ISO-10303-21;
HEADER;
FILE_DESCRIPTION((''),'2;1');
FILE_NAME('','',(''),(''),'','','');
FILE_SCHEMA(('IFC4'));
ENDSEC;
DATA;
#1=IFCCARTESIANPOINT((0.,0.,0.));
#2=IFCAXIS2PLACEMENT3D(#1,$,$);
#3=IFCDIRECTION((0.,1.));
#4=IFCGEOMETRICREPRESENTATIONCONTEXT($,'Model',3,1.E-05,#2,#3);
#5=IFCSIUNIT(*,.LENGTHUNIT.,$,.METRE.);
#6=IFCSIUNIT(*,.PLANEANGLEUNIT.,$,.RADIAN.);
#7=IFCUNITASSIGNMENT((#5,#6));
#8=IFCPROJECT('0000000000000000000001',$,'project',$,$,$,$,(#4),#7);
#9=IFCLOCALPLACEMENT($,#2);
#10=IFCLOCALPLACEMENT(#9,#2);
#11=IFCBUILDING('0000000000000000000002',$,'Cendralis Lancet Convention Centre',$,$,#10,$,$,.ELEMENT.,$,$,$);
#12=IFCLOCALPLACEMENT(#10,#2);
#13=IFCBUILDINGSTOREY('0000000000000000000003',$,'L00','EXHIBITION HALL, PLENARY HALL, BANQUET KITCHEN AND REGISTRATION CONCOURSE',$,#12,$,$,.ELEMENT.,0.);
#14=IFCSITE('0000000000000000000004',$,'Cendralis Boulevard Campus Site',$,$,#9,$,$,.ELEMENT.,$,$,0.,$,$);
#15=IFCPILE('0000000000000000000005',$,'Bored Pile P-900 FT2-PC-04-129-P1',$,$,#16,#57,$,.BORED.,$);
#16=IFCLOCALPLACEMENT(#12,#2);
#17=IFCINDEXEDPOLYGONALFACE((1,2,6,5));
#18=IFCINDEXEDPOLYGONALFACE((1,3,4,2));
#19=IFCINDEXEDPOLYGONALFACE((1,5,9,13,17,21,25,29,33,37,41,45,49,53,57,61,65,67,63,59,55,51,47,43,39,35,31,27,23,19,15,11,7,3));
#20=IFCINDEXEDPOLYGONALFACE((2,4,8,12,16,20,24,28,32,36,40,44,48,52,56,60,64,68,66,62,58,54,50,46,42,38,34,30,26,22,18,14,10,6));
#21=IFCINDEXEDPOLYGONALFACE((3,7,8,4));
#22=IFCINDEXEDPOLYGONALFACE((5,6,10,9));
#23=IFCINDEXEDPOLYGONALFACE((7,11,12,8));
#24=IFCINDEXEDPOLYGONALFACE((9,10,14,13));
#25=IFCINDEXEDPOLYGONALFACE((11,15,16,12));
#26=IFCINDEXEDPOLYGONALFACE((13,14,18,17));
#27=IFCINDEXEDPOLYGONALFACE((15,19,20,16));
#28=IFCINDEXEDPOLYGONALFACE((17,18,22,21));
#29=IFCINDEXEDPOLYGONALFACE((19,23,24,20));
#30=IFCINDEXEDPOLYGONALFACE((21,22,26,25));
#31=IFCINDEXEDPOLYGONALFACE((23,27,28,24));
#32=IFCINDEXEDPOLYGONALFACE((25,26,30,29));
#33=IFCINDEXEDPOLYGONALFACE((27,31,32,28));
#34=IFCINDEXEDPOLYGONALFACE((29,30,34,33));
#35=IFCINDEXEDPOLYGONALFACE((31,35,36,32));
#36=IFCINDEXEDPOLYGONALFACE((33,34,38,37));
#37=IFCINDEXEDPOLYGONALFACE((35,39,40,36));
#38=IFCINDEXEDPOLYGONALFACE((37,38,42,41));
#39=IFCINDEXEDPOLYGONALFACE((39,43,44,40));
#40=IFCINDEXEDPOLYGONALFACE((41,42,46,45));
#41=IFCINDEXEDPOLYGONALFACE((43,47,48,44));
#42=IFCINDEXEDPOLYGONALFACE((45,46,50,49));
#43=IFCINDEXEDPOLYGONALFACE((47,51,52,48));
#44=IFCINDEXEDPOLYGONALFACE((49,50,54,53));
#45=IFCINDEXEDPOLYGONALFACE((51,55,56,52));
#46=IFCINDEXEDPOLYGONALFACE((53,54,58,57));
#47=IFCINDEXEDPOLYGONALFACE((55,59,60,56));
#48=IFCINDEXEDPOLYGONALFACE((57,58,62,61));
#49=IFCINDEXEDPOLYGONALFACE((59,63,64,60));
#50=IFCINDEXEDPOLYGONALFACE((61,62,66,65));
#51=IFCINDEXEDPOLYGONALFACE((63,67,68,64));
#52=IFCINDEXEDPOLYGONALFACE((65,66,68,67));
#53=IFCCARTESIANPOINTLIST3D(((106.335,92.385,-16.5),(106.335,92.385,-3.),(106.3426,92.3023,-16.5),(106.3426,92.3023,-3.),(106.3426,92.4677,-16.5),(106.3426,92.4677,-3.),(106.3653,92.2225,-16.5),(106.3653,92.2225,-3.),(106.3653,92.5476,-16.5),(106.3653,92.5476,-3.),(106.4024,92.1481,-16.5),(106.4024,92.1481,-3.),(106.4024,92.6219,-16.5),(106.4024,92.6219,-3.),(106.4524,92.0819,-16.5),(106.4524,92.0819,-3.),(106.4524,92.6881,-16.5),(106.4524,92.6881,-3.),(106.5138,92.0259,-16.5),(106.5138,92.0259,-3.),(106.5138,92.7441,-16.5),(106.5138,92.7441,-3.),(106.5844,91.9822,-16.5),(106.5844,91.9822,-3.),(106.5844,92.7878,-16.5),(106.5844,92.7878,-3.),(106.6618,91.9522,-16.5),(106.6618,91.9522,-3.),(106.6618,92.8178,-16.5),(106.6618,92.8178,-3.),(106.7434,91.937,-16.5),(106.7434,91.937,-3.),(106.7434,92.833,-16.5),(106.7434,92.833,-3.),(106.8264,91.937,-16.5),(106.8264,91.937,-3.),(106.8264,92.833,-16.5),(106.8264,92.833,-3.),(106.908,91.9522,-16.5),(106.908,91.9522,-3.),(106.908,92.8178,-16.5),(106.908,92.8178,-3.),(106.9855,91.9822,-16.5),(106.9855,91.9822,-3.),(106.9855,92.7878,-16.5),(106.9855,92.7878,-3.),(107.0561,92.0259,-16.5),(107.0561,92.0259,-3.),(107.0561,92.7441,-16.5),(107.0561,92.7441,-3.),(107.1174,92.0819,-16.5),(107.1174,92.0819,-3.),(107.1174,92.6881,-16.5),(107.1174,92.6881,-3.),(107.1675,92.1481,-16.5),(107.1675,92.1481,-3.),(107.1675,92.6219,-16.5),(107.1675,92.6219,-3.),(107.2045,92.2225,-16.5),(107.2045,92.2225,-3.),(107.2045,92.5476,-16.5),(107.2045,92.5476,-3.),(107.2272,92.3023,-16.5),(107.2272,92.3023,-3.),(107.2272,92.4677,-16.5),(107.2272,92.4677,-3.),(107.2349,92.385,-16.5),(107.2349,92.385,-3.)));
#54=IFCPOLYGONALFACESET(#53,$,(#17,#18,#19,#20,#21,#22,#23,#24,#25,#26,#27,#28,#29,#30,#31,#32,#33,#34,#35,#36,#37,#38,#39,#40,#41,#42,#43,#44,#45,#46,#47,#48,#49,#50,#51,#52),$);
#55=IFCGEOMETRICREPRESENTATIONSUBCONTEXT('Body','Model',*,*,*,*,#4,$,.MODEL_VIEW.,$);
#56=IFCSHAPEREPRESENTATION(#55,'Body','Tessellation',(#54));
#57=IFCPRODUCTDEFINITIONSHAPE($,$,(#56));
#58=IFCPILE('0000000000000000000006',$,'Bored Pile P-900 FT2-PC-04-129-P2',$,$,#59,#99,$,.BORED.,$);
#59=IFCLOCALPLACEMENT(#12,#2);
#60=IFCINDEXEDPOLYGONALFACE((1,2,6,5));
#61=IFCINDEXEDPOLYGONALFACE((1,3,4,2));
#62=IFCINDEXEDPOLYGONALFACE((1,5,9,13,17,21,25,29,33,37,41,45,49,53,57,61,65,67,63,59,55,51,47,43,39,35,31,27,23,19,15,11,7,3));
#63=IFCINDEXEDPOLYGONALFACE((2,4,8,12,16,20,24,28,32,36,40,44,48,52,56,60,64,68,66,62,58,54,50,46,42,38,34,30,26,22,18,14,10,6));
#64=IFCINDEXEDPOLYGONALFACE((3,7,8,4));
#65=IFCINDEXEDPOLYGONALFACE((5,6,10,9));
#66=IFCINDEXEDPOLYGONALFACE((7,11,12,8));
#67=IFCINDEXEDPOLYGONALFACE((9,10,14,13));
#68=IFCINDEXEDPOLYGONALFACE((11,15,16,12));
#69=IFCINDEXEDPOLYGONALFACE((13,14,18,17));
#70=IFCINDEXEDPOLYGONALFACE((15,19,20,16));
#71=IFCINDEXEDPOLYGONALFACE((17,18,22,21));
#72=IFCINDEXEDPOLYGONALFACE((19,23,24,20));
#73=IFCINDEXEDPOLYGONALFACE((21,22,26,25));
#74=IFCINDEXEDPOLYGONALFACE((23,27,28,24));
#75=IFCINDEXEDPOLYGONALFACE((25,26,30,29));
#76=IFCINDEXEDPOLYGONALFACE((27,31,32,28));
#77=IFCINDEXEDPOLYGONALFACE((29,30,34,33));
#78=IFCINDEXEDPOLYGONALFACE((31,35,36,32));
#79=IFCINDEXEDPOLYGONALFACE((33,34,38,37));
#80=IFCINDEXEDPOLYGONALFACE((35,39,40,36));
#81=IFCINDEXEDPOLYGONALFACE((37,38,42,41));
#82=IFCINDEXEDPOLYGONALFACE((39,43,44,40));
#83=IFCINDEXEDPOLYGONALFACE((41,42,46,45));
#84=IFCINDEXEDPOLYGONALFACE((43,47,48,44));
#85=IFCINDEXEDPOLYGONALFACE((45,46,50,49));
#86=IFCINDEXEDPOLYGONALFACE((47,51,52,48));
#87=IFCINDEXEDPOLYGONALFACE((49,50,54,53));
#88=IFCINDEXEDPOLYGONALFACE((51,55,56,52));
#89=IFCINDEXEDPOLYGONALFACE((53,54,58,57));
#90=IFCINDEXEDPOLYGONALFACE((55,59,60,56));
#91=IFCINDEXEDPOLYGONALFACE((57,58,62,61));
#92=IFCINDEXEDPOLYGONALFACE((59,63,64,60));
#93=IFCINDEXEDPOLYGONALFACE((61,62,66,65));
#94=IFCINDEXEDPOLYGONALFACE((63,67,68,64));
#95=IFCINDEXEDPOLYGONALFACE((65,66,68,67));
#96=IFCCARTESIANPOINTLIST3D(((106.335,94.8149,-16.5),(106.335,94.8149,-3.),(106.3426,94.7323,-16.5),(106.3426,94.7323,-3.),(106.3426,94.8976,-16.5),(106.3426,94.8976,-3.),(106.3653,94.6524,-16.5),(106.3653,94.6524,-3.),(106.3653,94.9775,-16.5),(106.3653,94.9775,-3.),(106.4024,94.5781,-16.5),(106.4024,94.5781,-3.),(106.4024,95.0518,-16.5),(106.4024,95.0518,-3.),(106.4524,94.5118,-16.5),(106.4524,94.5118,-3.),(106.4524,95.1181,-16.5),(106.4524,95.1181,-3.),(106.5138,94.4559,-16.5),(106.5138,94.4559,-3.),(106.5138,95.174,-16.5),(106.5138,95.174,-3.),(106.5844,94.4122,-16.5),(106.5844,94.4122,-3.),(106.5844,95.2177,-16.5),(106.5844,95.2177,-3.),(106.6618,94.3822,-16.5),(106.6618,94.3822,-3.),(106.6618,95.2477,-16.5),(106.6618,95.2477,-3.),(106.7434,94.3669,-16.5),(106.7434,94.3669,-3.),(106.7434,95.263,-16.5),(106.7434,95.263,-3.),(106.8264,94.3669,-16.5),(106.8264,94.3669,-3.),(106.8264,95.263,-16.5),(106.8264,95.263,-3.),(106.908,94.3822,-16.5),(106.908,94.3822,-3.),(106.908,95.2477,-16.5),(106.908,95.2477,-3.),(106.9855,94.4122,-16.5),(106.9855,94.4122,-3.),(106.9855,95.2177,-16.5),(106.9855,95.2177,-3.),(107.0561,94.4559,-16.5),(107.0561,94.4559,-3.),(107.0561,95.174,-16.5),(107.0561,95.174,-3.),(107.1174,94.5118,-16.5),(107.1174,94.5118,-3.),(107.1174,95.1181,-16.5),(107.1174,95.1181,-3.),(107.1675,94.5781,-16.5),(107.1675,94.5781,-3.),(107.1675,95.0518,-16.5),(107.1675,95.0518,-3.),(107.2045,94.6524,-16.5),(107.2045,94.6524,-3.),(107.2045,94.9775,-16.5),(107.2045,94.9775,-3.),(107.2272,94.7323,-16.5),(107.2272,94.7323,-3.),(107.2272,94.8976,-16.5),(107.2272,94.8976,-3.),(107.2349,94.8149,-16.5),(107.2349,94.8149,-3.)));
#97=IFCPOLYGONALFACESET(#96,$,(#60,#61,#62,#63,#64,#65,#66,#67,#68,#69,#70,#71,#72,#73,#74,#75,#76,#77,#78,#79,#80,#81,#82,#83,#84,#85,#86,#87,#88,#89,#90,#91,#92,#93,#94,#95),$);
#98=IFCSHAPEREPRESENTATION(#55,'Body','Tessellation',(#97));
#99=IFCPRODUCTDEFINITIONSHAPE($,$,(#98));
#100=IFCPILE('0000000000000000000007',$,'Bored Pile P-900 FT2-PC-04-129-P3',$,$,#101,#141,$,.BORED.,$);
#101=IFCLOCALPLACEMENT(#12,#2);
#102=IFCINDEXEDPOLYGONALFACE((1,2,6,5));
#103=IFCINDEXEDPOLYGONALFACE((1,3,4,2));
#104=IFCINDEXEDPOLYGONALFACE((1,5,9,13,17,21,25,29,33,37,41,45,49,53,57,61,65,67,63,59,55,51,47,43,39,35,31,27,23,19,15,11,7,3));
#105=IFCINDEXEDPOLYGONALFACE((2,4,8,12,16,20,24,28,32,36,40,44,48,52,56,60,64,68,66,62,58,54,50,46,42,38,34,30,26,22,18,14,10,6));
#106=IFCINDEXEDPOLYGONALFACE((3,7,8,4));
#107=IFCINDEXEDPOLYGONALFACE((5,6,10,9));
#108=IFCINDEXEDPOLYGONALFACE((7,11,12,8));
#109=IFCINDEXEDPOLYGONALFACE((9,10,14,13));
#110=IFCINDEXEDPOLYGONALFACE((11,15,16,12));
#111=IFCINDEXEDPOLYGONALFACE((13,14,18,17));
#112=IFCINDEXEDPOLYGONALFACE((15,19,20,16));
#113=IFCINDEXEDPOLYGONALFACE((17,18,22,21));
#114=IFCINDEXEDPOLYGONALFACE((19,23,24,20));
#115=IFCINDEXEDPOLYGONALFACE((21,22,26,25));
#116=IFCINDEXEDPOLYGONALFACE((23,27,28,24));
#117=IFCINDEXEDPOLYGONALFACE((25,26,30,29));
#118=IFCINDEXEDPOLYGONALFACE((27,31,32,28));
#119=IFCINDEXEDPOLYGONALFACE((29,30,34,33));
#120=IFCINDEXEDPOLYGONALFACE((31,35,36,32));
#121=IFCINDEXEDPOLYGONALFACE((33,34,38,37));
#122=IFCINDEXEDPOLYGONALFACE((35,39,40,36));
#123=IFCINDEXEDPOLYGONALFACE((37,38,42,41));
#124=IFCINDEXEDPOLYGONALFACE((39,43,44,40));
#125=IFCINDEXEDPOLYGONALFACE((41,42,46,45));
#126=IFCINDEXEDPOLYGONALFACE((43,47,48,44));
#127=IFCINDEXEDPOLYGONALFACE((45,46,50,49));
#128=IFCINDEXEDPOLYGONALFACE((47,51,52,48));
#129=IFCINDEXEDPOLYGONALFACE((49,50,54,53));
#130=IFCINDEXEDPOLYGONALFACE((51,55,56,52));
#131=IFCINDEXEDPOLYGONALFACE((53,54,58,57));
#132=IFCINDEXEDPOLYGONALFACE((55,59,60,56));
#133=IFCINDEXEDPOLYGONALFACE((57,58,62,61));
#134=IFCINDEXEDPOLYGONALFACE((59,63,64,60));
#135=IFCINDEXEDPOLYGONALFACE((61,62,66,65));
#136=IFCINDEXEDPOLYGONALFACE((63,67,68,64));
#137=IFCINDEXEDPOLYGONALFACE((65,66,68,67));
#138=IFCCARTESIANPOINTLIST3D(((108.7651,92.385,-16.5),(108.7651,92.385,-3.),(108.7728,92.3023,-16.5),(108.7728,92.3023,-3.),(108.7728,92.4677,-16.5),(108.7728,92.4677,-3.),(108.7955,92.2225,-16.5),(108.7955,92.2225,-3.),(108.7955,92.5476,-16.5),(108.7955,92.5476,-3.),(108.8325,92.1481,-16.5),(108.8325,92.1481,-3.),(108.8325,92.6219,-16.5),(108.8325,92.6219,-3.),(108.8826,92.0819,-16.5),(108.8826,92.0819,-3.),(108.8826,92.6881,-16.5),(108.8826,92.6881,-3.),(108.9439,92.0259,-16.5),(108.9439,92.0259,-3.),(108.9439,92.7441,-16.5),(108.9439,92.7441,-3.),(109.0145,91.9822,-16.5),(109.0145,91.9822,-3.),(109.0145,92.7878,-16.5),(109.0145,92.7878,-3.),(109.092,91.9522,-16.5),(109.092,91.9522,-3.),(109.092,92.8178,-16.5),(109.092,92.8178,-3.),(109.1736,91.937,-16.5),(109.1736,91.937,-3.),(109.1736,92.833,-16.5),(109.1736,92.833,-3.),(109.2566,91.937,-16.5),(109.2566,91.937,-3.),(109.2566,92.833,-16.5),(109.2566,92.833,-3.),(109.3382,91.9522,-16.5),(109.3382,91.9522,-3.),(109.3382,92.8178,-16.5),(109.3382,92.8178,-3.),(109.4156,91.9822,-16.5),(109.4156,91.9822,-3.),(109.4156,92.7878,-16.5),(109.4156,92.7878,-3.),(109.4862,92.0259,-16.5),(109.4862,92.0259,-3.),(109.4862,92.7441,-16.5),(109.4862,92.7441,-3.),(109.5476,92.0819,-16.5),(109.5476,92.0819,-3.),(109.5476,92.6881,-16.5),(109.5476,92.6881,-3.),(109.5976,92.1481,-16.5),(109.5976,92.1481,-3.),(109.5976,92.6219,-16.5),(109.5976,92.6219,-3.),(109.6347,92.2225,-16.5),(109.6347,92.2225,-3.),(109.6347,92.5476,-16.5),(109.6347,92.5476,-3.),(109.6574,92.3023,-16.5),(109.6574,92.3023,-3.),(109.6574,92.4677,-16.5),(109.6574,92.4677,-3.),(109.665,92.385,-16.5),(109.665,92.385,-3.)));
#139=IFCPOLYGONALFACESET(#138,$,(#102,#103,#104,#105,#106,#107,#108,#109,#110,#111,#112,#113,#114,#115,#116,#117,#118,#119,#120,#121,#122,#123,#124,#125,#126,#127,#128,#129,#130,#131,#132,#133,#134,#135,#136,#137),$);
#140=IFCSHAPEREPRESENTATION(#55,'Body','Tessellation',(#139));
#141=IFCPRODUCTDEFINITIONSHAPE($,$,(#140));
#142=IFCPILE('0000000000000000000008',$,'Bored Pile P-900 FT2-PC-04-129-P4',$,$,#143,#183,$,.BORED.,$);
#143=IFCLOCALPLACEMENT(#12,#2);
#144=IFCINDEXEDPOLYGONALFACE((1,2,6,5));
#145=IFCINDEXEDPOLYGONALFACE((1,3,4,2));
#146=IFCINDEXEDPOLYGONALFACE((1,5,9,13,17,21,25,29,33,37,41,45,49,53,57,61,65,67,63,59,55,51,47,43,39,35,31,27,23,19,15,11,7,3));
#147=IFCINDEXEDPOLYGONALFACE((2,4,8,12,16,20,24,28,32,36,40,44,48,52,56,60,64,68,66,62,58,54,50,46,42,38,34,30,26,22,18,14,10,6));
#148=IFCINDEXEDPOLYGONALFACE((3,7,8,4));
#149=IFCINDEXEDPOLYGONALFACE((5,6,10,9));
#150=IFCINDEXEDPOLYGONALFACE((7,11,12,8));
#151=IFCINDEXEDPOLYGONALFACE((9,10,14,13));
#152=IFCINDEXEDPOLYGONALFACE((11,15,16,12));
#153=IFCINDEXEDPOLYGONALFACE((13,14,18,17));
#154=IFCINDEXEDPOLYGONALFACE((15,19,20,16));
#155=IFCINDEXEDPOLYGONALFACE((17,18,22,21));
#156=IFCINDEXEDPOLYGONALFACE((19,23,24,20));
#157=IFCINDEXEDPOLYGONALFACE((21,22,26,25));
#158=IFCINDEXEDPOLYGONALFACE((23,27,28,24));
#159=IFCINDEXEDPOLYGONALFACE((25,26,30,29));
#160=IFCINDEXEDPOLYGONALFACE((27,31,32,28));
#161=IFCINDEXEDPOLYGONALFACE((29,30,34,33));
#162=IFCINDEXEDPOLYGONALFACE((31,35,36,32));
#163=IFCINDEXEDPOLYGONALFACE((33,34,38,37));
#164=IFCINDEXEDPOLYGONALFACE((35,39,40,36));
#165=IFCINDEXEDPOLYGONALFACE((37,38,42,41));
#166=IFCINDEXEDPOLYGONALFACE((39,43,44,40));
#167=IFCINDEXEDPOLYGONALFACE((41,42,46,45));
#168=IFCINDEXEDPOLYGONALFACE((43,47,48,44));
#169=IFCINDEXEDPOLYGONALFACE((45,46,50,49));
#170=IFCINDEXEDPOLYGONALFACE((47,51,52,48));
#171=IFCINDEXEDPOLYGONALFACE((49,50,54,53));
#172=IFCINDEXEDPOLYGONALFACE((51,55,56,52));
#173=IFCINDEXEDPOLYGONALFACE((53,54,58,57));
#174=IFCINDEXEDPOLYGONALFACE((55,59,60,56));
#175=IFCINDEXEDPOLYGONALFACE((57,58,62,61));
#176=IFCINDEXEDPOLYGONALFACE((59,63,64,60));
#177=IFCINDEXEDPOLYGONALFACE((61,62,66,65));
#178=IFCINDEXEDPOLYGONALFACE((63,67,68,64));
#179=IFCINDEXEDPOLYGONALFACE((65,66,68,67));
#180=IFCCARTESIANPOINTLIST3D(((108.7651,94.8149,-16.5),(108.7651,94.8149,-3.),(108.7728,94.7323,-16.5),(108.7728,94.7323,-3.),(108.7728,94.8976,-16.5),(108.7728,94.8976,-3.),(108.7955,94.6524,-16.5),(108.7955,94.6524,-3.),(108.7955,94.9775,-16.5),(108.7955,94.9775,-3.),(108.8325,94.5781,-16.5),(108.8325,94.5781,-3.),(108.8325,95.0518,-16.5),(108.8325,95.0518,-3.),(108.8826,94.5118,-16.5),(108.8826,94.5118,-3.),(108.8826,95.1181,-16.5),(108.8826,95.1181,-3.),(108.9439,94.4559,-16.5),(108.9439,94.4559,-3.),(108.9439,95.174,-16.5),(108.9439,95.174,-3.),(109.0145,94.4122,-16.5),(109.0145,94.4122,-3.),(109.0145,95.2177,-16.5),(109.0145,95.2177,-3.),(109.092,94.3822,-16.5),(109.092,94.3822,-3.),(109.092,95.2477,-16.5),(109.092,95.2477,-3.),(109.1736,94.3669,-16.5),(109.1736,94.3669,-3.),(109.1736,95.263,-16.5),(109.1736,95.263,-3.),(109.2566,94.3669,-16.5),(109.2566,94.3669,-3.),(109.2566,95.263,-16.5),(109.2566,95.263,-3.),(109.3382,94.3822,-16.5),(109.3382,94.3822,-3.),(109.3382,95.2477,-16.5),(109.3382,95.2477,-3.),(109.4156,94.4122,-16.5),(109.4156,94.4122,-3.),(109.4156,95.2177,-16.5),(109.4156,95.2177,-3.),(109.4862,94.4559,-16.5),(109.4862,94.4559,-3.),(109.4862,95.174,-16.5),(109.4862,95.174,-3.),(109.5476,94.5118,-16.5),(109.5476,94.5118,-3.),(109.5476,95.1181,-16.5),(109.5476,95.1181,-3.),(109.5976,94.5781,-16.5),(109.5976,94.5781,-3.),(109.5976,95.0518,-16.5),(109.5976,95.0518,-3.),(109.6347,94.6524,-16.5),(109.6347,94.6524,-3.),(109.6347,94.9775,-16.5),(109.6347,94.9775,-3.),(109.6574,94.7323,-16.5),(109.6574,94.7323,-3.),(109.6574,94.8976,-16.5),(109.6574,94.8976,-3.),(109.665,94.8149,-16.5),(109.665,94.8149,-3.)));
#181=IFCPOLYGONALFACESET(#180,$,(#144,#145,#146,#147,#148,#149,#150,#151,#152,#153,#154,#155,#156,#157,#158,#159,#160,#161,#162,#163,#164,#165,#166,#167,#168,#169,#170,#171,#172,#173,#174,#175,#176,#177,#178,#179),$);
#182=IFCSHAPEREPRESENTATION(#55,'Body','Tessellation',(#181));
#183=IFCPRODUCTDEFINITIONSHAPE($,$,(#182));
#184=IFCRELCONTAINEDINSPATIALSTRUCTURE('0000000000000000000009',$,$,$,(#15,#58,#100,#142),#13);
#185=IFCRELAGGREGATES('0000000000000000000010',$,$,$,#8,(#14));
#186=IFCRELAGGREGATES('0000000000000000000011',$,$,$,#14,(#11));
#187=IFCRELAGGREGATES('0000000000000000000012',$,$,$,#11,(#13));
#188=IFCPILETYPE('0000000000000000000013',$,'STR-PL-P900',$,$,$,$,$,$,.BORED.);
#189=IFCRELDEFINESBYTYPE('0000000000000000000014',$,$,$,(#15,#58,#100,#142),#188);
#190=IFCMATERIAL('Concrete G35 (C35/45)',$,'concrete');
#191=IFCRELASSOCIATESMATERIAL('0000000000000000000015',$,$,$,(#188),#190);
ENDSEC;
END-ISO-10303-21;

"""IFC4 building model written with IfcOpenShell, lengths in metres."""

from ifc_helpers import new_model, si_unit, direction, frame, origin, origin_2d, place, context, subcontext, project, spatial, circle, extrude, material, material_profile, profile_set, type_object, element, save


model = new_model("IFC4")

# Units and contexts
model_context = context("Model", 3, precision=1e-05, world=origin(), true_north=direction((0.0, 1.0)))
body_context = subcontext(model_context, "Body", "Model", "MODEL_VIEW")
ifc_project = project(units=[si_unit("LENGTHUNIT", "METRE"), si_unit("PLANEANGLEUNIT", "RADIAN")], contexts=[model_context])

# Site, building, storey
site_placement = place(None, origin())
site = spatial("IfcSite", under=ifc_project, at=site_placement, Name="Cendralis Boulevard Campus Site", CompositionType="ELEMENT", RefElevation=0.0)
building_placement = place(site_placement, origin())
building = spatial("IfcBuilding", under=site, at=building_placement, Name="Cendralis Lancet Convention Centre", CompositionType="ELEMENT")
storey_placement = place(building_placement, origin())
storey = spatial("IfcBuildingStorey", under=building, at=storey_placement, Name="L00", Description="EXHIBITION HALL, PLENARY HALL, BANQUET KITCHEN AND REGISTRATION CONCOURSE", CompositionType="ELEMENT", Elevation=0.0)

# Shared definitions
ifc_material_1 = material(Name="Concrete G35 (C35/45)", Category="concrete")

# Piles
ifc_material_profile_1 = material_profile(ifc_material_1, circle(Radius=0.45, at=origin_2d()), Name="BORED PILE D900")
ifc_profile_set_1 = profile_set([ifc_material_profile_1], Name="Concrete G35 (C35/45)")
pile_type = type_object("IfcPileType", Name="STR-PL-P900", PredefinedType="BORED", material=ifc_profile_set_1)
for number, where, z_axis, x_axis, name in (
    (1, (106.7849, 92.385, -3.0), (0.0, 0.0, -1.0), (1.0, 0.0, 0.0), "Bored Pile P-900 FT2-PC-04-129-P1"),
    (2, (106.7849, 94.8149, -3.0), (0.0, 0.0, -1.0), (1.0, 0.0, 0.0), "Bored Pile P-900 FT2-PC-04-129-P2"),
    (3, (109.2151, 92.385, -3.0), (0.0, 0.0, -1.0), (1.0, 0.0, 0.0), "Bored Pile P-900 FT2-PC-04-129-P3"),
    (4, (109.2151, 94.8149, -3.0), (0.0, 0.0, -1.0), (1.0, 0.0, 0.0), "Bored Pile P-900 FT2-PC-04-129-P4"),
):
    element("IfcPile", number, at=place(storey_placement, frame(where, z_axis=z_axis, x_axis=x_axis)), inside=storey, type_object=pile_type, Name=name, PredefinedType="BORED", context=body_context, shape_type="SweptSolid", body=[
        extrude(circle(Radius=0.45, at=origin_2d()), origin(), (0.0, 0.0, 1.0), 13.5),
    ])

save(model, "model.ifc")
